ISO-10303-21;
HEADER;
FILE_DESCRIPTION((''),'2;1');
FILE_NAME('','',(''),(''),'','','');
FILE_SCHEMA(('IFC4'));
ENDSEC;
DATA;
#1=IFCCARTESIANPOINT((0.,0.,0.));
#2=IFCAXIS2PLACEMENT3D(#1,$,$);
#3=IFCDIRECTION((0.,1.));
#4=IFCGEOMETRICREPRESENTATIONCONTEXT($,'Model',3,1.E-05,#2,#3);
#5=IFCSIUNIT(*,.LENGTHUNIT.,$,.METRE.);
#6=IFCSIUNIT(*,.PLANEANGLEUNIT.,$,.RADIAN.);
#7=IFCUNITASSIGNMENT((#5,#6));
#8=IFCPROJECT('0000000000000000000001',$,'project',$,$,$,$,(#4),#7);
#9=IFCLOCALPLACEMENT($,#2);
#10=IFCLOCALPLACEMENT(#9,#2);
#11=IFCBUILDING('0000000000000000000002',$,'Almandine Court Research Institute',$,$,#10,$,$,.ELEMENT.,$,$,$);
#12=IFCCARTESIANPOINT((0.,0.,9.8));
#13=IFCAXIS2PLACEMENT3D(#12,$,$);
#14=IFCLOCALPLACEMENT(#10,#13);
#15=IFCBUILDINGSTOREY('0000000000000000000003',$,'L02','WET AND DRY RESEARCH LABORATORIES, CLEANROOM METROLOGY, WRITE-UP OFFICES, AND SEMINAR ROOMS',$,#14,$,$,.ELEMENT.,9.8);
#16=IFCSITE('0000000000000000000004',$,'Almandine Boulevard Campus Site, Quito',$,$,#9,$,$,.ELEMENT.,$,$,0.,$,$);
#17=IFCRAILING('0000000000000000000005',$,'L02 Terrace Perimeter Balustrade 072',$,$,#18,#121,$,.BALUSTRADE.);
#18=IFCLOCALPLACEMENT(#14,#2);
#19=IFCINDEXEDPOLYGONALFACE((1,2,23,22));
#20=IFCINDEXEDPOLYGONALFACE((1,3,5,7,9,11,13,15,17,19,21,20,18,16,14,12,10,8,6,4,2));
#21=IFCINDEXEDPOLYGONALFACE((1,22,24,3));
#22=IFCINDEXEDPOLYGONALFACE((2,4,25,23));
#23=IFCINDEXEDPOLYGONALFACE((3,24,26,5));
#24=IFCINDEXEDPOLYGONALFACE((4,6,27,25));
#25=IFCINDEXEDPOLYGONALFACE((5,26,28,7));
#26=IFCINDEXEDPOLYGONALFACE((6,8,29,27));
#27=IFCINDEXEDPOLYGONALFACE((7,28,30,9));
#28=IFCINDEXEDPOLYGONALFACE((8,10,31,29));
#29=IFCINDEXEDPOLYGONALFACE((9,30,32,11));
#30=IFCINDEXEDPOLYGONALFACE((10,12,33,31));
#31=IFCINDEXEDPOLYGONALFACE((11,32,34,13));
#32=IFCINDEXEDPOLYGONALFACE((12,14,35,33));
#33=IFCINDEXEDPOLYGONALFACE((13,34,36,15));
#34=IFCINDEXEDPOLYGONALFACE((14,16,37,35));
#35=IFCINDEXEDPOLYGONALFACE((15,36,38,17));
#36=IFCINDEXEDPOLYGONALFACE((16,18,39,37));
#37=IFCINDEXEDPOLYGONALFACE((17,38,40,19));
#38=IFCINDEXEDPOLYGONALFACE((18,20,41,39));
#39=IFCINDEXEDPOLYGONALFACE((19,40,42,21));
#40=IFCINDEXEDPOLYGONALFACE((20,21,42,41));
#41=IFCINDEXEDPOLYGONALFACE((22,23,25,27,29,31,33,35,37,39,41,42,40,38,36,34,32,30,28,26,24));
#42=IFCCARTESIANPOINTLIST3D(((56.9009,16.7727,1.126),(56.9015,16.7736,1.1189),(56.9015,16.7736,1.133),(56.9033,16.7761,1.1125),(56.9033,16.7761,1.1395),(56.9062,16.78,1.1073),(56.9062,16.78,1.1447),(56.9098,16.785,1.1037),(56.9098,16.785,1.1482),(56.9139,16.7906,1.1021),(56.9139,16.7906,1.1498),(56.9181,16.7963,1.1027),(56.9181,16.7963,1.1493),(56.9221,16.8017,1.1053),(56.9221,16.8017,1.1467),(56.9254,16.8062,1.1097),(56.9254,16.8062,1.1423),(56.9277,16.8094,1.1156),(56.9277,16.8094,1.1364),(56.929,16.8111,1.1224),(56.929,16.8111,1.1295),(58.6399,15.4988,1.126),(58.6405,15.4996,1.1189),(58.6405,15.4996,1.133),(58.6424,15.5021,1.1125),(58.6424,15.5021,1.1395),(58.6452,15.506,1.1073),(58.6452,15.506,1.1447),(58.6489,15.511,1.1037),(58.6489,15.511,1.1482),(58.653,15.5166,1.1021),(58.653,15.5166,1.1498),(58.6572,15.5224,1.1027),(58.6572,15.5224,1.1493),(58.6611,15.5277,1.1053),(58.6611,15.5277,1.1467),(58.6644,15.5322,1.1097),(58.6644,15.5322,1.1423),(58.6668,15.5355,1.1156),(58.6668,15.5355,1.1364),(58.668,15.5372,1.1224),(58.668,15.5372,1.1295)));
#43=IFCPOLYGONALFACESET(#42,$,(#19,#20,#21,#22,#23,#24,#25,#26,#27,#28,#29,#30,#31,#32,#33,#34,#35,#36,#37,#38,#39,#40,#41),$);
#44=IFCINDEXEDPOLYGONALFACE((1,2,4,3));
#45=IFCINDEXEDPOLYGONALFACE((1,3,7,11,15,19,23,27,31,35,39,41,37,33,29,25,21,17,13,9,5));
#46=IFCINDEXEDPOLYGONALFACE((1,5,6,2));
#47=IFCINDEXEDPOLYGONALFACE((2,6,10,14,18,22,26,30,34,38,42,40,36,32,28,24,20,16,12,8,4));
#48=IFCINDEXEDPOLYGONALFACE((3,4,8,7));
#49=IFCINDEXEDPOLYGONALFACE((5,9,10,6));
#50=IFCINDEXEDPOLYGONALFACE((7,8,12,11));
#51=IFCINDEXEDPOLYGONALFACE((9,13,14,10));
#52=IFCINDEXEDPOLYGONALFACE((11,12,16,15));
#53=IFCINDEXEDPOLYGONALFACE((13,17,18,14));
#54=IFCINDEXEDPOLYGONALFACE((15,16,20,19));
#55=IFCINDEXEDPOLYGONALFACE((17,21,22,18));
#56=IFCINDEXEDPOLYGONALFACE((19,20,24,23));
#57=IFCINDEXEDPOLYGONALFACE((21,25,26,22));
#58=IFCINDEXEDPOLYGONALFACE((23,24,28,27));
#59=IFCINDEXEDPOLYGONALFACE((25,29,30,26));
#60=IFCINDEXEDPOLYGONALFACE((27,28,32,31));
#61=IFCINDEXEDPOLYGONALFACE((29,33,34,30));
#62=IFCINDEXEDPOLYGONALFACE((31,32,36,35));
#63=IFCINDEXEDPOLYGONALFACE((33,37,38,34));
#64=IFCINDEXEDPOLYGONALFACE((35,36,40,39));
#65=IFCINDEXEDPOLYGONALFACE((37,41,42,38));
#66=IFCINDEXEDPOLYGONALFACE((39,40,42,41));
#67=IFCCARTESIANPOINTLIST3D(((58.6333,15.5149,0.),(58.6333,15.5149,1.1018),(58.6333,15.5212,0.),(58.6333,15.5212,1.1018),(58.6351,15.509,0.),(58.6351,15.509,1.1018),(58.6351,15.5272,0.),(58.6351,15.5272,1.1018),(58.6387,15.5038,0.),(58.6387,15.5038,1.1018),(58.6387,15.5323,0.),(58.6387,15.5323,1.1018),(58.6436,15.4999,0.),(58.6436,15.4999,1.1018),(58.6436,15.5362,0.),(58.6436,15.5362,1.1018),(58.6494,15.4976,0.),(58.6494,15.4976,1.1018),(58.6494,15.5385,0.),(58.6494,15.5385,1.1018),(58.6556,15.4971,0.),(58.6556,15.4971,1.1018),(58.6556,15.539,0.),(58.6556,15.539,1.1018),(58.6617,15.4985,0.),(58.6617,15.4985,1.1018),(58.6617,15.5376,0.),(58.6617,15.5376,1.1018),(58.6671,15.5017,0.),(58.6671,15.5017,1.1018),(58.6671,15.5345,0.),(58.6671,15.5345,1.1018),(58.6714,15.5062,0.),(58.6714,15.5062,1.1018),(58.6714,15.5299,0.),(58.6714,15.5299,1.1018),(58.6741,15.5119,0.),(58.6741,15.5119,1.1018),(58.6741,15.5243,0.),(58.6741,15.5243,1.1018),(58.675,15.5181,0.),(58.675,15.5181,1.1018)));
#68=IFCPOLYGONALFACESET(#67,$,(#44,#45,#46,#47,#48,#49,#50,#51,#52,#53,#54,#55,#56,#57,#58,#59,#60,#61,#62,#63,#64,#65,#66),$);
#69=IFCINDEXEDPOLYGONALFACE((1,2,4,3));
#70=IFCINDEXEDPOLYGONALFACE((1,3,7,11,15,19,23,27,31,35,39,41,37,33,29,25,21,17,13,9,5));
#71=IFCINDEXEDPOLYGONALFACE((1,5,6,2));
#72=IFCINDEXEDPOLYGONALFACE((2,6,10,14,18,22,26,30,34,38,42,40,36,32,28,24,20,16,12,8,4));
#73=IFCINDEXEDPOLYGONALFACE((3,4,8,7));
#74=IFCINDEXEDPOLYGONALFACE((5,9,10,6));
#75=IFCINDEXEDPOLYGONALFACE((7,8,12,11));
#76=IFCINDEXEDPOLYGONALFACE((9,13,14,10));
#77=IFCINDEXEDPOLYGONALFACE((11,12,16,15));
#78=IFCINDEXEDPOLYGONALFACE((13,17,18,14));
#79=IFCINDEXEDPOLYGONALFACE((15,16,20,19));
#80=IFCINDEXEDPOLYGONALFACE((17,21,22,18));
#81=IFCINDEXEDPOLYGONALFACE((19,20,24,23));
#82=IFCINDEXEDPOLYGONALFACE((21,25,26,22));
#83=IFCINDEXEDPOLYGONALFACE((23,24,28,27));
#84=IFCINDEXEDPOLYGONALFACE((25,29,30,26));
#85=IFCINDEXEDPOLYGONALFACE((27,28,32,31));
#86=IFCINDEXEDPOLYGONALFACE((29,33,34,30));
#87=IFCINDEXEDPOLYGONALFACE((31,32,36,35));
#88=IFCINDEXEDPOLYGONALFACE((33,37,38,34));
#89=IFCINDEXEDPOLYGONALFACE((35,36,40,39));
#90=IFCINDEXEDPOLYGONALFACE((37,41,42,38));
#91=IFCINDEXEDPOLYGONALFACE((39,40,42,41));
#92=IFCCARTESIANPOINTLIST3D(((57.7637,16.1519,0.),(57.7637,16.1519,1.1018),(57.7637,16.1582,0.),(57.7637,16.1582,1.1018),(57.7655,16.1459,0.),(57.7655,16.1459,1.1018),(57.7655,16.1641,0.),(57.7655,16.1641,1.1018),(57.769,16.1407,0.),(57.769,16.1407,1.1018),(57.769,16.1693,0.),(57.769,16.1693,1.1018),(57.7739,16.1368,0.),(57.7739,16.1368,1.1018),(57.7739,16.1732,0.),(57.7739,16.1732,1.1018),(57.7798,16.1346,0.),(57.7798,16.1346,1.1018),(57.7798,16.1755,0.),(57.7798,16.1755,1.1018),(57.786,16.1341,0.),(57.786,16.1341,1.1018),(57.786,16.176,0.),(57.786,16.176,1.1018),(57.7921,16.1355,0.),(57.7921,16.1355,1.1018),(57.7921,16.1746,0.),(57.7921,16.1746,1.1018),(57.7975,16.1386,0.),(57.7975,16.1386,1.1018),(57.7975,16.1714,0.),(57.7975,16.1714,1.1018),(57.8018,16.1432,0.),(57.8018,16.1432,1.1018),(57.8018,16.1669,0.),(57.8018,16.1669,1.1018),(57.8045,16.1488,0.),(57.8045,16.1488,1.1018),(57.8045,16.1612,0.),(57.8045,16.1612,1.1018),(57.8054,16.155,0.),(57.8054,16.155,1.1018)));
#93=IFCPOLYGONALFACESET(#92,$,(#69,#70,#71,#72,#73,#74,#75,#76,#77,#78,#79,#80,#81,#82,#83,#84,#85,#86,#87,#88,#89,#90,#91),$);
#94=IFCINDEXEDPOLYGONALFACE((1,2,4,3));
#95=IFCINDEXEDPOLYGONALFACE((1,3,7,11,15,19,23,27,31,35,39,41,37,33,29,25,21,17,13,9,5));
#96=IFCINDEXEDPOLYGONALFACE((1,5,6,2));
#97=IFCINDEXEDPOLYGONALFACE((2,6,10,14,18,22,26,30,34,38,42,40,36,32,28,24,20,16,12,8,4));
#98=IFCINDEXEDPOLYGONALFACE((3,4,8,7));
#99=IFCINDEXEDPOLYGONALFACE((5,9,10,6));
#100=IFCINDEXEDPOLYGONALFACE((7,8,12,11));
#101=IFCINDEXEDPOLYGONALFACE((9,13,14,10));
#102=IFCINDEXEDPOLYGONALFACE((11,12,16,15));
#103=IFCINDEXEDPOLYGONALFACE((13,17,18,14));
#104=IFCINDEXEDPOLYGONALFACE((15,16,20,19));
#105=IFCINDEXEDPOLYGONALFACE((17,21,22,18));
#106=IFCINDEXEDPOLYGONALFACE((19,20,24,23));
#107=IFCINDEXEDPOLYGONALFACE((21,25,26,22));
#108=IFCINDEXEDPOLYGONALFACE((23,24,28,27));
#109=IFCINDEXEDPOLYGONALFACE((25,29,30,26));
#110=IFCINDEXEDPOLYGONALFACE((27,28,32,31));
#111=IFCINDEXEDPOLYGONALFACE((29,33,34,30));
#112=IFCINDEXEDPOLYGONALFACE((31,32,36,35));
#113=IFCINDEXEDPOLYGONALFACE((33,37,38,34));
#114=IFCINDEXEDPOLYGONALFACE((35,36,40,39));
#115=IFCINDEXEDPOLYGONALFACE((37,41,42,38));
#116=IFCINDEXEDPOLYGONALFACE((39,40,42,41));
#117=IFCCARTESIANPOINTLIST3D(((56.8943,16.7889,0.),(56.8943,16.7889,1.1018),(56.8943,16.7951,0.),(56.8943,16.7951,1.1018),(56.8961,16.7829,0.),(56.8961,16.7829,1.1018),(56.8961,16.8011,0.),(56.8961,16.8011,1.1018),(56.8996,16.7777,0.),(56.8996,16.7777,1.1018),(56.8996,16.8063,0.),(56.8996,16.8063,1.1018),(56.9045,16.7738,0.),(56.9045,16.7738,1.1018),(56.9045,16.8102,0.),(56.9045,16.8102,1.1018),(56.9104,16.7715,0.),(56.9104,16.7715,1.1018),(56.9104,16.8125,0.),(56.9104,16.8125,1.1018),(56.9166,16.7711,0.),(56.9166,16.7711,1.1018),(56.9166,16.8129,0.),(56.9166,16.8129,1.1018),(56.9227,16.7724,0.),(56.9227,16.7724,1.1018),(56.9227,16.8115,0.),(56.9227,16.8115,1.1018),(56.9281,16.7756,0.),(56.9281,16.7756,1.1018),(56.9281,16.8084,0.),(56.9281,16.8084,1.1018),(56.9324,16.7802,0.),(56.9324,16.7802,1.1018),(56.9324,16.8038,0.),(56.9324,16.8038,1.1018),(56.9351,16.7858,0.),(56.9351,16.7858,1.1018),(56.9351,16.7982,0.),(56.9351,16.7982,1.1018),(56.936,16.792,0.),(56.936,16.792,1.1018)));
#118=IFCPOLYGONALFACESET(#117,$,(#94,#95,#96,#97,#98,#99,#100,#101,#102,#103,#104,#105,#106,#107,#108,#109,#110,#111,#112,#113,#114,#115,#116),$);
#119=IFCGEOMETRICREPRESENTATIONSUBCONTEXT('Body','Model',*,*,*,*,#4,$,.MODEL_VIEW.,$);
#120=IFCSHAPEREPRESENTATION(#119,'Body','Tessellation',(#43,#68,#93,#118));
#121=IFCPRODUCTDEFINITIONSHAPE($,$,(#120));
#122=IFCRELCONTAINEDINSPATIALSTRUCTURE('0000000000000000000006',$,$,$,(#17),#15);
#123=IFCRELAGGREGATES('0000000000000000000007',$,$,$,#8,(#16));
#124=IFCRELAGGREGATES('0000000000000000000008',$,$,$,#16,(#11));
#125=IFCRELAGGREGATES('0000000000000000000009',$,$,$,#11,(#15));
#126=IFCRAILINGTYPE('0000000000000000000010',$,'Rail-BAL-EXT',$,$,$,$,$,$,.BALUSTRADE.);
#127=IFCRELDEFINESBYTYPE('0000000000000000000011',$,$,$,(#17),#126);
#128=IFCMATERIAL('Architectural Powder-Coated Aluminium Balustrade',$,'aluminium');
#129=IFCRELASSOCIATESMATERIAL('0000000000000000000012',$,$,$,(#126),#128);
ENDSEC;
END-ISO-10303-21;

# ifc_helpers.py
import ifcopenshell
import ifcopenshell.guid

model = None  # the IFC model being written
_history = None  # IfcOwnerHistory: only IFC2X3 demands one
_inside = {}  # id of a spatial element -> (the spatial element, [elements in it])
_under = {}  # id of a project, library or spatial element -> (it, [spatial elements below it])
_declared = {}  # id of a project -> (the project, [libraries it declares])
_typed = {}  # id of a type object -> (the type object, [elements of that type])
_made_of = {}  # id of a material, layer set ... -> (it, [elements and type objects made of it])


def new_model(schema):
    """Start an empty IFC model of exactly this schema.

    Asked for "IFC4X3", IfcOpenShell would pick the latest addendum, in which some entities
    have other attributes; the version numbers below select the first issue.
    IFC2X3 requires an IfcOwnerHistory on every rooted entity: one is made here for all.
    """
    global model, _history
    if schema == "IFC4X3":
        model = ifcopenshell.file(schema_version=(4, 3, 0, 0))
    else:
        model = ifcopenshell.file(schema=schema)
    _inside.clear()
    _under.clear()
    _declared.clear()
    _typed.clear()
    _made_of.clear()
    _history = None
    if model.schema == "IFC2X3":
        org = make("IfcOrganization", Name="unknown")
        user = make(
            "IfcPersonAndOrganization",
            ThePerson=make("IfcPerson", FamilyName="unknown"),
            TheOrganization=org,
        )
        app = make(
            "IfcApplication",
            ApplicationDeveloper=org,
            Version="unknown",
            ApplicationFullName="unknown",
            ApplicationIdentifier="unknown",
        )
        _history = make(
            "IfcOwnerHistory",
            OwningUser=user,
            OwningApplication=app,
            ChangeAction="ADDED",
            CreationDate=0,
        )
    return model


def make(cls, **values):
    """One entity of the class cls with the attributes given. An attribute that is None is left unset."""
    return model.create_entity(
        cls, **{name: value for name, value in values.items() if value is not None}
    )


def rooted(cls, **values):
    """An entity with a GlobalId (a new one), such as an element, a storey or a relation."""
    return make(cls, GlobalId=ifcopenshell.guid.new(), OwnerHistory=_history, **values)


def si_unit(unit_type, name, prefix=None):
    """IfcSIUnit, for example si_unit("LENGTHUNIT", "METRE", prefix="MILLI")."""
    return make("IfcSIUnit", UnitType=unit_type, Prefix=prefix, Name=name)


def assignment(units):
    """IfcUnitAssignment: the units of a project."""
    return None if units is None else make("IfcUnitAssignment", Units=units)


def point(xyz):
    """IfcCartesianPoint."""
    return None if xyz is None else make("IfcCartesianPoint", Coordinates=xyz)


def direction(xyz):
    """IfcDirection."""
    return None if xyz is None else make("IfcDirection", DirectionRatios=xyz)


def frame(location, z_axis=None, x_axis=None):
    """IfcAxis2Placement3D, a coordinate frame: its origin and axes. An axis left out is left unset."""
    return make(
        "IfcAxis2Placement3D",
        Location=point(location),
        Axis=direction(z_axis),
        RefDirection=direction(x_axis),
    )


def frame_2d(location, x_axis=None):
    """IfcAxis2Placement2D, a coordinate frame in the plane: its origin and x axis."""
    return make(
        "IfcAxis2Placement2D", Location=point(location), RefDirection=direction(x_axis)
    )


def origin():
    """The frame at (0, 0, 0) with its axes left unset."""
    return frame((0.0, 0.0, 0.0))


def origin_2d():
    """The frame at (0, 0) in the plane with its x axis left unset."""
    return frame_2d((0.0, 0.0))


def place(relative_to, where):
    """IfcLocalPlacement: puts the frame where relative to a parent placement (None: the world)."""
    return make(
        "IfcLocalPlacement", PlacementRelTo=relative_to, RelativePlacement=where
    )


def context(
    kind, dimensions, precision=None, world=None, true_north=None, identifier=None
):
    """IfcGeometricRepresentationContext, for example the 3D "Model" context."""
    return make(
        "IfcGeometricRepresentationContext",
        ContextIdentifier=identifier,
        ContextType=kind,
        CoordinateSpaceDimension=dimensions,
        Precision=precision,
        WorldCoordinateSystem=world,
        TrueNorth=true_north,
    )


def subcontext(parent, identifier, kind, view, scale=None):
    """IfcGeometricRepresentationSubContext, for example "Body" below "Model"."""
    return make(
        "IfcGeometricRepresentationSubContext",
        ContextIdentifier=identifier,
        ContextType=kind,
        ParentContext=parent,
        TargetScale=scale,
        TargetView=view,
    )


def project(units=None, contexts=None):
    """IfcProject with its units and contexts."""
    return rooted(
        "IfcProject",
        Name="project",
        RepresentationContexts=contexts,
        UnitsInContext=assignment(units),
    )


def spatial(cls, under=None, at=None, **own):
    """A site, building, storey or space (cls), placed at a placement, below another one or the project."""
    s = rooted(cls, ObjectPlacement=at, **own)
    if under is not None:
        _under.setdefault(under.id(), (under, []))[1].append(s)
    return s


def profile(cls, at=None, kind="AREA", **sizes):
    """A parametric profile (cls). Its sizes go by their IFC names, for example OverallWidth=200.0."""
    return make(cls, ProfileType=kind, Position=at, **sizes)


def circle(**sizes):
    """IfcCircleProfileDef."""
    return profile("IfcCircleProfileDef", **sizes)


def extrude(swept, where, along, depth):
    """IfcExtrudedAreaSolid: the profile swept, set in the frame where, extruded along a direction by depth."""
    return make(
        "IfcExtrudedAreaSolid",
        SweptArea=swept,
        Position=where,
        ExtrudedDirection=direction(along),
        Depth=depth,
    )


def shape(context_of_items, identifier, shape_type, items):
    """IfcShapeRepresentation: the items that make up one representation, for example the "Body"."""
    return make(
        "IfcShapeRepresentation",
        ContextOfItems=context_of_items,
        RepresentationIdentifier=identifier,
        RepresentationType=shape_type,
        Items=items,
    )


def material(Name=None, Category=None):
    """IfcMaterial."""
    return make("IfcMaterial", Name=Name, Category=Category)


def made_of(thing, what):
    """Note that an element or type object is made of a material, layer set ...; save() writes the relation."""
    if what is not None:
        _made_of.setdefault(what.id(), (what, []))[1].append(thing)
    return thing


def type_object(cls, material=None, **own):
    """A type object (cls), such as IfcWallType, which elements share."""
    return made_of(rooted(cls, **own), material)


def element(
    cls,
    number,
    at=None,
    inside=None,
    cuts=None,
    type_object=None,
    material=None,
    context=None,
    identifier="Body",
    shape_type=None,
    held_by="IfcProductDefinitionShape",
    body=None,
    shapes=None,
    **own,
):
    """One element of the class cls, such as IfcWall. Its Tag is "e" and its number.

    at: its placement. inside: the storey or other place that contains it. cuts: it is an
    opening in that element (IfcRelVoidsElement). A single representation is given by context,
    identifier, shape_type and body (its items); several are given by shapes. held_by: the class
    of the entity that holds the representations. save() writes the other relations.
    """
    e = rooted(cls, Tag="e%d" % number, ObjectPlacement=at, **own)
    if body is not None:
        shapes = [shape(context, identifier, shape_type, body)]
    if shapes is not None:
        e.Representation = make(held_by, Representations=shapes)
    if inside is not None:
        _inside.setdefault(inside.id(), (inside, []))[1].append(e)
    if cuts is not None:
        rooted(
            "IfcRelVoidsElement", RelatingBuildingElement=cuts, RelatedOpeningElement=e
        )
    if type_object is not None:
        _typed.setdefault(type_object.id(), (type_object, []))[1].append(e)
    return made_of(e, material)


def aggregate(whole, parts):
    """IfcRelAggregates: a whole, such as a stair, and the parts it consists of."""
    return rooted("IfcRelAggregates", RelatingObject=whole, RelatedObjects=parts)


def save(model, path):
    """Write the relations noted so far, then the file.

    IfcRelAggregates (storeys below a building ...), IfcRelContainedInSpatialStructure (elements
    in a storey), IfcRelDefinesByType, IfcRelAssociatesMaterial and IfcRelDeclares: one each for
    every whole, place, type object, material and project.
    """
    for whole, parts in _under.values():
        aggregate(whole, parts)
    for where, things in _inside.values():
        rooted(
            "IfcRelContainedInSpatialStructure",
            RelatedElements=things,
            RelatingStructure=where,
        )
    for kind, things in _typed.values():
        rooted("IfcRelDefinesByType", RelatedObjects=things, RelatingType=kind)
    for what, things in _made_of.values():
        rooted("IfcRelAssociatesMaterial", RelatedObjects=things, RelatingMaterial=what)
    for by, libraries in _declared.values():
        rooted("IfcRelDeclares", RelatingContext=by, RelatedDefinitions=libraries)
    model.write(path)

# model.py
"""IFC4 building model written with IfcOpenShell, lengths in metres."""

from ifc_helpers import new_model, si_unit, direction, frame, origin, origin_2d, place, context, subcontext, project, spatial, circle, extrude, material, type_object, element, save


model = new_model("IFC4")

# Units and contexts
model_context = context("Model", 3, precision=1e-05, world=origin(), true_north=direction((0.0, 1.0)))
body_context = subcontext(model_context, "Body", "Model", "MODEL_VIEW")
ifc_project = project(units=[si_unit("LENGTHUNIT", "METRE"), si_unit("PLANEANGLEUNIT", "RADIAN")], contexts=[model_context])

# Site, building, storey
site_placement = place(None, origin())
site = spatial("IfcSite", under=ifc_project, at=site_placement, Name="Almandine Boulevard Campus Site, Quito", CompositionType="ELEMENT", RefElevation=0.0)
building_placement = place(site_placement, origin())
building = spatial("IfcBuilding", under=site, at=building_placement, Name="Almandine Court Research Institute", CompositionType="ELEMENT")
storey_placement = place(building_placement, frame((0.0, 0.0, 9.8)))
storey = spatial("IfcBuildingStorey", under=building, at=storey_placement, Name="L02", Description="WET AND DRY RESEARCH LABORATORIES, CLEANROOM METROLOGY, WRITE-UP OFFICES, AND SEMINAR ROOMS", CompositionType="ELEMENT", Elevation=9.8)

# Railing
ifc_material_1 = material(Name="Architectural Powder-Coated Aluminium Balustrade", Category="aluminium")
railing_type = type_object("IfcRailingType", Name="Rail-BAL-EXT", PredefinedType="BALUSTRADE", material=ifc_material_1)
railing_1_placement = place(storey_placement, frame((58.6541, 15.5181, 0.0)))
element("IfcRailing", 1, at=railing_1_placement, inside=storey, type_object=railing_type, Name="L02 Terrace Perimeter Balustrade 072", PredefinedType="BALUSTRADE", context=body_context, shape_type="SweptSolid", body=[
    extrude(circle(Radius=0.0239, at=origin_2d()), frame((0.0, 0.0, 1.126), z_axis=(-0.806704, 0.590956, 0.0), x_axis=(-0.590956, -0.806704, 0.0)), (0.0, 0.0, 1.0), 2.1558),
    extrude(circle(Radius=0.021, at=origin_2d()), origin(), (0.0, 0.0, 1.0), 1.1018),
    extrude(circle(Radius=0.021, at=origin_2d()), frame((-0.8696, 0.637, 0.0)), (0.0, 0.0, 1.0), 1.1018),
    extrude(circle(Radius=0.021, at=origin_2d()), frame((-1.739, 1.2739, 0.0)), (0.0, 0.0, 1.0), 1.1018),
])

save(model, "model.ifc")
